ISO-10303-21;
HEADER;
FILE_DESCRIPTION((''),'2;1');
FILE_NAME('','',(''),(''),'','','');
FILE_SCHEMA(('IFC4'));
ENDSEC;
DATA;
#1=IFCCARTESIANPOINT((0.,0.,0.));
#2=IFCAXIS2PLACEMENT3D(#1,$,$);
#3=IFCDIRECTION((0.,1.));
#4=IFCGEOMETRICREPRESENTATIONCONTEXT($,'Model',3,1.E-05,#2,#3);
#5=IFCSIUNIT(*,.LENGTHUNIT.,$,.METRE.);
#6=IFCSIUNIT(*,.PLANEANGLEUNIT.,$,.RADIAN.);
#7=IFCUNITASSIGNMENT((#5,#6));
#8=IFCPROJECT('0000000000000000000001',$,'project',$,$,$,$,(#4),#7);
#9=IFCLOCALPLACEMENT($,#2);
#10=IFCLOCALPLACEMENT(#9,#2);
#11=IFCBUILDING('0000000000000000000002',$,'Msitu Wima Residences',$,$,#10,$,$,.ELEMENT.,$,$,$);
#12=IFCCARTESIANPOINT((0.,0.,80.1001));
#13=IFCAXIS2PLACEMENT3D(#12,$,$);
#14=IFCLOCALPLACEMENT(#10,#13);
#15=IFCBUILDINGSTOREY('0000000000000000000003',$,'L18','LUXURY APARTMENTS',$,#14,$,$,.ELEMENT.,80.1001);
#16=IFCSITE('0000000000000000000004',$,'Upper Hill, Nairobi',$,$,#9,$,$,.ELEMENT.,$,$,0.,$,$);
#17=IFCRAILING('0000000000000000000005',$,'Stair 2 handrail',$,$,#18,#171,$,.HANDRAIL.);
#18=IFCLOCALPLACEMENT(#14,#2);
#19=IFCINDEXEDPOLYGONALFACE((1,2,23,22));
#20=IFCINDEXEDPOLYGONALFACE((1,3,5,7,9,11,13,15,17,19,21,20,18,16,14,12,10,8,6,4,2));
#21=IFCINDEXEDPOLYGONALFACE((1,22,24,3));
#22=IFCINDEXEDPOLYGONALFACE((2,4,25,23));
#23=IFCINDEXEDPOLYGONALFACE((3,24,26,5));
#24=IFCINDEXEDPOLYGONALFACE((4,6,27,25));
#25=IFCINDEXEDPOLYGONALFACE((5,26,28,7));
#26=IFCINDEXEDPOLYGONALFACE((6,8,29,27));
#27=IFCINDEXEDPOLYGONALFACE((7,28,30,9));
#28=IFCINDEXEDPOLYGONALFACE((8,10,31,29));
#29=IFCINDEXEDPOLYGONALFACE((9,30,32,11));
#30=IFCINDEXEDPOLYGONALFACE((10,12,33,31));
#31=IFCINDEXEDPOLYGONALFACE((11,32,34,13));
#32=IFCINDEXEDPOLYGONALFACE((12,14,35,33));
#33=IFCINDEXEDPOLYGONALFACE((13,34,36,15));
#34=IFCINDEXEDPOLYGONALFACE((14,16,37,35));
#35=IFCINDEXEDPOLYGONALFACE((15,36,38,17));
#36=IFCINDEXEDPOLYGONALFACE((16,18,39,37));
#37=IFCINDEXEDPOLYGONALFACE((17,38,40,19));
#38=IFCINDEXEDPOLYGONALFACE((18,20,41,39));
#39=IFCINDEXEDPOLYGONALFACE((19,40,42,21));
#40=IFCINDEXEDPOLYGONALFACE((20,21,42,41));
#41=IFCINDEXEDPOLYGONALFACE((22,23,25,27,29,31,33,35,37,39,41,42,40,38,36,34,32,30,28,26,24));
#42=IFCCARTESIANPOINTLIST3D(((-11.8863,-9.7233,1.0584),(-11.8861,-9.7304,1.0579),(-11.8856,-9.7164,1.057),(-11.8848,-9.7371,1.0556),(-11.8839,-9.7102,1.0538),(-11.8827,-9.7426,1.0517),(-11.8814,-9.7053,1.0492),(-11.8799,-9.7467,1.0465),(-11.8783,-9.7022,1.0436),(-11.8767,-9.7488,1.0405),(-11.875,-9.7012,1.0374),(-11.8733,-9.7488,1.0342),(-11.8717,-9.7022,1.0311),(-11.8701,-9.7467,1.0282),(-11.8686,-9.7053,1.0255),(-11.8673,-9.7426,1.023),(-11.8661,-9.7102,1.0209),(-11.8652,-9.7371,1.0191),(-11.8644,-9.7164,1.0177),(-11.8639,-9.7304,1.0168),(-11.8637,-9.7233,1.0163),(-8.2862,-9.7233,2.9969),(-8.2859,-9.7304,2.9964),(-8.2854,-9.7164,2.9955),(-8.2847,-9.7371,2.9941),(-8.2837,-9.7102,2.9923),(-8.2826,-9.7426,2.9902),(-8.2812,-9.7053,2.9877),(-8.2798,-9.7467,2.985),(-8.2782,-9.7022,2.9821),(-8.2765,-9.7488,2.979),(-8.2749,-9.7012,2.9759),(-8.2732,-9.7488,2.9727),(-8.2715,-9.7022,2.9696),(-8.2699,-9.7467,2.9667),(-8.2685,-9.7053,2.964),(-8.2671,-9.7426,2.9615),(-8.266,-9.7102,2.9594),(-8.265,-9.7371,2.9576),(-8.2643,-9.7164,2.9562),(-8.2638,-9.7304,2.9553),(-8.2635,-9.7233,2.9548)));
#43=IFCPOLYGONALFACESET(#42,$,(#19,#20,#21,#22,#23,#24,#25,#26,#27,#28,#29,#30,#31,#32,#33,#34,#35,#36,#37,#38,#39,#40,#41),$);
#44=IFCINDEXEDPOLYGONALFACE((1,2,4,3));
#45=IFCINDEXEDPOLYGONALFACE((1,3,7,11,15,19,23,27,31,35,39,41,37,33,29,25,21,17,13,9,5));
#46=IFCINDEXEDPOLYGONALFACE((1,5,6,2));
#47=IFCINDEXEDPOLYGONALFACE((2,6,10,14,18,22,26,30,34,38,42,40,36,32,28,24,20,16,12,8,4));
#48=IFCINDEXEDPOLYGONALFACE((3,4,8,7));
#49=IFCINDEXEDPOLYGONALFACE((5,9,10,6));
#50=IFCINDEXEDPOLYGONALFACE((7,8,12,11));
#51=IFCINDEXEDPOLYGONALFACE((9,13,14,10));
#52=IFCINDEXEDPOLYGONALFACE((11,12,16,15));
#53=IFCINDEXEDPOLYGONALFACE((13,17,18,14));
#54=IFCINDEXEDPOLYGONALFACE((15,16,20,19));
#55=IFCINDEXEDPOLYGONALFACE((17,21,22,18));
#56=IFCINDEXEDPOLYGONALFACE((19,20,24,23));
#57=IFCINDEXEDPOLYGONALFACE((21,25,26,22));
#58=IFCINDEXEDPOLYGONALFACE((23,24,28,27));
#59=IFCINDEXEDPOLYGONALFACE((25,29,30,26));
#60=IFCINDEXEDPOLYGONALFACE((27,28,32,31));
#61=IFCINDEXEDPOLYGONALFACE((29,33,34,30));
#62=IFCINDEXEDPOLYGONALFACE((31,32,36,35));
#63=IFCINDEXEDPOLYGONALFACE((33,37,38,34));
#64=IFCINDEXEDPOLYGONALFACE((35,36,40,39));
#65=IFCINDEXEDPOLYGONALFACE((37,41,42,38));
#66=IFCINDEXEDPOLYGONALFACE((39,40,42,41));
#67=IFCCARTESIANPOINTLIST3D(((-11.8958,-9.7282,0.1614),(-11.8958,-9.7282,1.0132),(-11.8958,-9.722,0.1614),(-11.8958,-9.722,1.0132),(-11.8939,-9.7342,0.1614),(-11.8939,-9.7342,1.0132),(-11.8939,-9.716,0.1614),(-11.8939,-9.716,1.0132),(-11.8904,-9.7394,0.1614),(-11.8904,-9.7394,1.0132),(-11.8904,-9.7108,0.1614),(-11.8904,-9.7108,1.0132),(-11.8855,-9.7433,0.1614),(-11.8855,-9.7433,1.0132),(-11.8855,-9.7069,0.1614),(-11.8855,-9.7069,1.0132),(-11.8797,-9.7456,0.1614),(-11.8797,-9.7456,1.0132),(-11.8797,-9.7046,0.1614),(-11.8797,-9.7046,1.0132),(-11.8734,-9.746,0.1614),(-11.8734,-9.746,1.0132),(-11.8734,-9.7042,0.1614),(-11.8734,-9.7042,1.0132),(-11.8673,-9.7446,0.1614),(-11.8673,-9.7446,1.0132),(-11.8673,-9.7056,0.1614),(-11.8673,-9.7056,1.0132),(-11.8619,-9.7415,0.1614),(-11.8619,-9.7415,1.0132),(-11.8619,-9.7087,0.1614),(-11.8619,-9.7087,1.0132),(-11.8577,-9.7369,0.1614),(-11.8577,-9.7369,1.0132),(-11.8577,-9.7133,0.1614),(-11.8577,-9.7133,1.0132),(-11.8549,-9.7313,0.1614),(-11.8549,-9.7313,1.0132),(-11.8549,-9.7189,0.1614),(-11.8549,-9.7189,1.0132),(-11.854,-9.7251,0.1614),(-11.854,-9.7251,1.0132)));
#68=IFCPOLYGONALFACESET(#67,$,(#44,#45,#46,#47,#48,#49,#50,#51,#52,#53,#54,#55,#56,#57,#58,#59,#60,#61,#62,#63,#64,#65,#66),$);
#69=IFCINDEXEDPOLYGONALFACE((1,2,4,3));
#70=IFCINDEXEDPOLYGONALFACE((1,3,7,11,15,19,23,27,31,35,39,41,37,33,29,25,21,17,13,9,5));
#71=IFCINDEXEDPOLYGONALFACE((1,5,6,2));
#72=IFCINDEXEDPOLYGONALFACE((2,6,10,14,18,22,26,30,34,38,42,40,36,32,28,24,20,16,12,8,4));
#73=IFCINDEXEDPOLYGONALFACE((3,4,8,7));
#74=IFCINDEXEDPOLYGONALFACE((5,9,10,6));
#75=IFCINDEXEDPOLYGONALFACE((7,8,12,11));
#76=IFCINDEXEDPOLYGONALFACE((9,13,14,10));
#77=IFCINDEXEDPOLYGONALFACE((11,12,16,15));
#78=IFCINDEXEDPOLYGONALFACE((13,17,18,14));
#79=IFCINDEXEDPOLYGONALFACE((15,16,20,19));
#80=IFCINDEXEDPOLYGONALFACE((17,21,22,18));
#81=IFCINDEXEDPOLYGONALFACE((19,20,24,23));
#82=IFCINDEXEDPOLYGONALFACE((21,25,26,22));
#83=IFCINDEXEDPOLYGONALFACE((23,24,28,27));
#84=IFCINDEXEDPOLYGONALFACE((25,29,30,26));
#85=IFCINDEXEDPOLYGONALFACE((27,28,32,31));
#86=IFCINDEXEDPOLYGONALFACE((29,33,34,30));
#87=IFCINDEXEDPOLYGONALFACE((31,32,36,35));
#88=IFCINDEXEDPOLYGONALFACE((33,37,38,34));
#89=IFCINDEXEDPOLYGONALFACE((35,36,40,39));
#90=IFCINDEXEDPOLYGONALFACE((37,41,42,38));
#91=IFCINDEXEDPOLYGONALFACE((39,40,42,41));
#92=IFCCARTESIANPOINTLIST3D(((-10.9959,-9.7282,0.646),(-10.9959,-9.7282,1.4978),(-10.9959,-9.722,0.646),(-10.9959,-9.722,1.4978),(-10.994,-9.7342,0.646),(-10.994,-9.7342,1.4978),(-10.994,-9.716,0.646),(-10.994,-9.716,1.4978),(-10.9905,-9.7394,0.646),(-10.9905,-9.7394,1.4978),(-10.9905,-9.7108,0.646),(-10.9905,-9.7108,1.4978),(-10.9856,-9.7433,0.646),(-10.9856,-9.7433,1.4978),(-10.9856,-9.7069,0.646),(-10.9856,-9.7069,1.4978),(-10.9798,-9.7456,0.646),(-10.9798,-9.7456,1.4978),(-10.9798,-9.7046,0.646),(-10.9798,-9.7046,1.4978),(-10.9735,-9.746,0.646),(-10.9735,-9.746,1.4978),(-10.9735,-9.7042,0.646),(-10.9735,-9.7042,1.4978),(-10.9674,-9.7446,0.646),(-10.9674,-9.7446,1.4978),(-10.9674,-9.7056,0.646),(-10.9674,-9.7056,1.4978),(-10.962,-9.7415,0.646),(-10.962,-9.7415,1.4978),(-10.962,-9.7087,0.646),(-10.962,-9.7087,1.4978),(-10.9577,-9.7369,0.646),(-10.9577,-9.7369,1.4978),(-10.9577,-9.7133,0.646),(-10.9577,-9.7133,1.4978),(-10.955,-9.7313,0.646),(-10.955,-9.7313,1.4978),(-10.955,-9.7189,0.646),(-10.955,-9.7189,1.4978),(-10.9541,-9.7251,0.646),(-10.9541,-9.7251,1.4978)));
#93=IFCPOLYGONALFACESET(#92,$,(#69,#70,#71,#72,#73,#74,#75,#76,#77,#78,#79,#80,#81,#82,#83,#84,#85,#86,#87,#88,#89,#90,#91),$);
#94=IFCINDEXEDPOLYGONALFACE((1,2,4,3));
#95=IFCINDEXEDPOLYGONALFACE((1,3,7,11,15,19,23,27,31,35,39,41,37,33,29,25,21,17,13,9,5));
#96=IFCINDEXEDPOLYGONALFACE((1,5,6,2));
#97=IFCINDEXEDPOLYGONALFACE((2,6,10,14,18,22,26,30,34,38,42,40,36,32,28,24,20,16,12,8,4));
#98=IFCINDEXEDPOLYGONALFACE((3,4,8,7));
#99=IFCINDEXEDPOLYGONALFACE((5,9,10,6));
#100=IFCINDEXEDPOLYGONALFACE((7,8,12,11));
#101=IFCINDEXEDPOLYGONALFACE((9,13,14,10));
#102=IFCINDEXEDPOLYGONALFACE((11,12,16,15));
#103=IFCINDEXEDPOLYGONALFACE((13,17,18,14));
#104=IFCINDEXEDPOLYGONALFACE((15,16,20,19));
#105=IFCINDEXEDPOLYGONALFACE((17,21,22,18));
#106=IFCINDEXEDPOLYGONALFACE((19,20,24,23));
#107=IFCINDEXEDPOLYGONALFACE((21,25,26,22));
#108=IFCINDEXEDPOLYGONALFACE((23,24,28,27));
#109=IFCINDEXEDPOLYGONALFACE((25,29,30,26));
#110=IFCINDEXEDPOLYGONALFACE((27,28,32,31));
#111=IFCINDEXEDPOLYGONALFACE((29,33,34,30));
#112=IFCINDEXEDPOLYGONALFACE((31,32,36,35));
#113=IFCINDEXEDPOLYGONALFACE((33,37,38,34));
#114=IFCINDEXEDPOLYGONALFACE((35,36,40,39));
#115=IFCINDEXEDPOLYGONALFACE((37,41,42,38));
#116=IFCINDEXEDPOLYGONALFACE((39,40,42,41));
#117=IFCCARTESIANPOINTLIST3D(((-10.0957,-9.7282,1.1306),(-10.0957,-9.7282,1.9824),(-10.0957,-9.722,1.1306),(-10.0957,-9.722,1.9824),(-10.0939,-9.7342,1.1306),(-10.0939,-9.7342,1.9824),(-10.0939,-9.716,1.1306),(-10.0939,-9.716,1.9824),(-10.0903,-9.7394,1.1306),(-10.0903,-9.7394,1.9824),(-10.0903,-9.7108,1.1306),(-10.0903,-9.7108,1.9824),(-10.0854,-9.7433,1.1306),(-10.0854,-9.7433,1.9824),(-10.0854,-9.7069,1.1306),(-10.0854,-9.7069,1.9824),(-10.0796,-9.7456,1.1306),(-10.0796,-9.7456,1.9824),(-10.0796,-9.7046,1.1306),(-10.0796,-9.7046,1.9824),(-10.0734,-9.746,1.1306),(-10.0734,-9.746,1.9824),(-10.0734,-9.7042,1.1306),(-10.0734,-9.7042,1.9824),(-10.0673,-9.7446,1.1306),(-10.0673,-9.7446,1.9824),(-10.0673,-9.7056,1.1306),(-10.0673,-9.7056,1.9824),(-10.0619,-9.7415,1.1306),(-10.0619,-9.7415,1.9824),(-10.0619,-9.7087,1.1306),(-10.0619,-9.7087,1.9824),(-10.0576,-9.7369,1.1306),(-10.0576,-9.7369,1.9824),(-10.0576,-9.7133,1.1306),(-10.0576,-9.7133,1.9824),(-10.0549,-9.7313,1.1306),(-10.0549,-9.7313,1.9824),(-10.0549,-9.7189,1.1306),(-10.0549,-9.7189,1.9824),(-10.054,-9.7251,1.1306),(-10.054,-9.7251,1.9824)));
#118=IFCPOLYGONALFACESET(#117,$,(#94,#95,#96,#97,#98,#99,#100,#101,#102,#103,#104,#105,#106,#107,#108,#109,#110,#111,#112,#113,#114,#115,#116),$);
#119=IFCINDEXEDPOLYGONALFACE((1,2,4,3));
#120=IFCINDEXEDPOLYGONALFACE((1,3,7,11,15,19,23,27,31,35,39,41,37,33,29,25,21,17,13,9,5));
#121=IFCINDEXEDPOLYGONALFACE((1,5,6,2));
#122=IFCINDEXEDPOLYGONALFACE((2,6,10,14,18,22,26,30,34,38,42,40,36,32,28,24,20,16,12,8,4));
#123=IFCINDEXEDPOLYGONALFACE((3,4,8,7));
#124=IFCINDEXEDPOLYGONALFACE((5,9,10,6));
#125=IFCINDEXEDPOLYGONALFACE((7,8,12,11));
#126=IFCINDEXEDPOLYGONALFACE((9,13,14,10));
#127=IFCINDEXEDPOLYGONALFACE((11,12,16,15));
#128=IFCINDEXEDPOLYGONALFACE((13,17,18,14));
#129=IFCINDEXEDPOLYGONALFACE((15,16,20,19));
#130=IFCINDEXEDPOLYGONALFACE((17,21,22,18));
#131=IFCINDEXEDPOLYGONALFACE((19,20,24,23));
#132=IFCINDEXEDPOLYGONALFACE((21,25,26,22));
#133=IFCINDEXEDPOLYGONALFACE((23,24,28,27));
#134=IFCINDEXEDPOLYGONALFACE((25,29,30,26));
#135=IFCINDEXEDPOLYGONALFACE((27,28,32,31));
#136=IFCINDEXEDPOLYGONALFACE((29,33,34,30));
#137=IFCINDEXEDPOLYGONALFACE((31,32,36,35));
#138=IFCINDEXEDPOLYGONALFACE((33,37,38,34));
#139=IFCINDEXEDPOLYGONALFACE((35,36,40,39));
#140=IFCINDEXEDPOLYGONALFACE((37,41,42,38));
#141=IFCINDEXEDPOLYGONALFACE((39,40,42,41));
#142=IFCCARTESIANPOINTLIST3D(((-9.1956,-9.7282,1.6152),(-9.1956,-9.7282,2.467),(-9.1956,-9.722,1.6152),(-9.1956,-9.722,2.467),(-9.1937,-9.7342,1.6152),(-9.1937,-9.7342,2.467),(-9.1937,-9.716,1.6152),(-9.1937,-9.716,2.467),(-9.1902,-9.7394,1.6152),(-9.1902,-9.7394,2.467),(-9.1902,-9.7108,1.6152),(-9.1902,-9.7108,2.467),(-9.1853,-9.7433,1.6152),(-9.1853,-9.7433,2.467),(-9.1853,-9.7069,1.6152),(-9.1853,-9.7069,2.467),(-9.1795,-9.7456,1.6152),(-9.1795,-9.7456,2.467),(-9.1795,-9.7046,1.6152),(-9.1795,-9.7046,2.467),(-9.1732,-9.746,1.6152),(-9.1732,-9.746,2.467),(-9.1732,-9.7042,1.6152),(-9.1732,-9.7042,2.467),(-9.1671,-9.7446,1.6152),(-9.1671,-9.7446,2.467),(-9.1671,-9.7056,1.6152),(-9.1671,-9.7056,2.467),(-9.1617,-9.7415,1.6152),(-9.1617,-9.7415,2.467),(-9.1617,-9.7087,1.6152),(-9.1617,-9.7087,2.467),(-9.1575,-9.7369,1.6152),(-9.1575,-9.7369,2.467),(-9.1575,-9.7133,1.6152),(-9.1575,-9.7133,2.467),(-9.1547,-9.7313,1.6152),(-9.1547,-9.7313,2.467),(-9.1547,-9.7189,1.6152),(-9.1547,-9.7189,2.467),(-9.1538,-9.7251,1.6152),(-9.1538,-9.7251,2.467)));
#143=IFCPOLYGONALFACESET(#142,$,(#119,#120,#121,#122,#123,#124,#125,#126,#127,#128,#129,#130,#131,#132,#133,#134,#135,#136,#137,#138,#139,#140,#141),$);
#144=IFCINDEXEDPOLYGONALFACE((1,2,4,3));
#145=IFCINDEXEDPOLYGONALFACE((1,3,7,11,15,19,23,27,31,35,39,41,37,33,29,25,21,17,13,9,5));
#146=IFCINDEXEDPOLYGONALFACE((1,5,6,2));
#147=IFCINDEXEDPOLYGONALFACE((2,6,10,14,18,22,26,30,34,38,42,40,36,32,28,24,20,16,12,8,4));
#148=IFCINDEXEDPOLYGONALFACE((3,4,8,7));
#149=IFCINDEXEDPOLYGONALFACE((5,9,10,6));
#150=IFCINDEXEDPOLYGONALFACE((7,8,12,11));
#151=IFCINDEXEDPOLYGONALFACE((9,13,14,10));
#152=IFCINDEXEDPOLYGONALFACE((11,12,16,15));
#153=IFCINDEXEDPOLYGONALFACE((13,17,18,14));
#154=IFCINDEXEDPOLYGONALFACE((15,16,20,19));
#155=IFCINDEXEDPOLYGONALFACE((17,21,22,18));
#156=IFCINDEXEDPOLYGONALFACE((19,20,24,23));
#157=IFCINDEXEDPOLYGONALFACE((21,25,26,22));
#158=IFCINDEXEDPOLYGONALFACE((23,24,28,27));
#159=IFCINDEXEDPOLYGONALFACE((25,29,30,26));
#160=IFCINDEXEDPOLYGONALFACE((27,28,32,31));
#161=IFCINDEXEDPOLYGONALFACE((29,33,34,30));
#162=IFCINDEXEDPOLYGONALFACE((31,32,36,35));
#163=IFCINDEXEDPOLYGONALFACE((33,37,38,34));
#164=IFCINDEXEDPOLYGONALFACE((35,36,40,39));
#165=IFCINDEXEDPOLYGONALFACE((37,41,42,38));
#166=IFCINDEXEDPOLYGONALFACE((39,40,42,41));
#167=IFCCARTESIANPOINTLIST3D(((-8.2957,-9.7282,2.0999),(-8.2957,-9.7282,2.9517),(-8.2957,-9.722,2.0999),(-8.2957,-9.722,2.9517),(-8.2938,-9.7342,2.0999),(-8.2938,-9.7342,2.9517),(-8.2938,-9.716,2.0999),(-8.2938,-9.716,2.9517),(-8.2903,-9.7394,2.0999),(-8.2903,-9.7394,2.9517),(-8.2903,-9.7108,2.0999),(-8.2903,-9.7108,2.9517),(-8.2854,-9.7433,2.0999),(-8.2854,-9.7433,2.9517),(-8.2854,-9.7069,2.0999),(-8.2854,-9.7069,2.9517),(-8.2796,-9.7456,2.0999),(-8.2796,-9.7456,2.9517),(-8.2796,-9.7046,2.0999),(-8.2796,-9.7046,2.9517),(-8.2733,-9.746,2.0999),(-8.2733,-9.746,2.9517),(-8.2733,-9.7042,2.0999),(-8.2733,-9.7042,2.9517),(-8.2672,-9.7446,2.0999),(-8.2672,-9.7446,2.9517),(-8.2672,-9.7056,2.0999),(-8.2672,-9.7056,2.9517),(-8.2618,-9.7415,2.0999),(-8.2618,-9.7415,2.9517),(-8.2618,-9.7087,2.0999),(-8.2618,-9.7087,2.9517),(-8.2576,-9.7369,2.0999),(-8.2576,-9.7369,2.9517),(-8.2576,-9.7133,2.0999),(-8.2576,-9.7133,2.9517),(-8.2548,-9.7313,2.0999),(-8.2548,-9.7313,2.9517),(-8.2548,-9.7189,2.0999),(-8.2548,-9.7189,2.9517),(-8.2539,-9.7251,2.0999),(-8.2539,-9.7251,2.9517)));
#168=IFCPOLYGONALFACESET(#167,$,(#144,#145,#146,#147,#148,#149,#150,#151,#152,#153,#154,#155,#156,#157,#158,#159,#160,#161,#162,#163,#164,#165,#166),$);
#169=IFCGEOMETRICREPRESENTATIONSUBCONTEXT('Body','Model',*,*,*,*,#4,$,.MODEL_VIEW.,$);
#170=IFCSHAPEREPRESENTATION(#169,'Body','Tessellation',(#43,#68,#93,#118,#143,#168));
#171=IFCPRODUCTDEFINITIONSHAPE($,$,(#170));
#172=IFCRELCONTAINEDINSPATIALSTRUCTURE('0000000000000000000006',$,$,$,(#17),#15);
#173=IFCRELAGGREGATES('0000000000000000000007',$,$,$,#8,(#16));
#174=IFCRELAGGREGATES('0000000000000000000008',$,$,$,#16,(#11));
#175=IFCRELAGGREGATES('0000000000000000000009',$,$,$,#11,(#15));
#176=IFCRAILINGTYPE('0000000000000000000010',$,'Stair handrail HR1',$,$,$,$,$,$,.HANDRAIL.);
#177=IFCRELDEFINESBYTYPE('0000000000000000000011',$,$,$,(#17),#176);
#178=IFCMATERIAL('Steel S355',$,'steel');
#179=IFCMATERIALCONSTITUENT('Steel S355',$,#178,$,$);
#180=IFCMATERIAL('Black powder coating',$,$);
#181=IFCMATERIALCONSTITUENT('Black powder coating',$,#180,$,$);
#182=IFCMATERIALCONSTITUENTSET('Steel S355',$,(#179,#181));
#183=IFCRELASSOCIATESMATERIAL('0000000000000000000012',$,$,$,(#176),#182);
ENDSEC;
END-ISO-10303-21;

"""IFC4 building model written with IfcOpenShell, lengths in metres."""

from ifc_helpers import new_model, si_unit, direction, frame, origin, origin_2d, place, context, subcontext, project, spatial, circle, extrude, material, constituent, constituent_set, type_object, element, save


model = new_model("IFC4")

# Units and contexts
model_context = context("Model", 3, precision=1e-05, world=origin(), true_north=direction((0.0, 1.0)))
body_context = subcontext(model_context, "Body", "Model", "MODEL_VIEW")
ifc_project = project(units=[si_unit("LENGTHUNIT", "METRE"), si_unit("PLANEANGLEUNIT", "RADIAN")], contexts=[model_context])

# Site, building, storey
site_placement = place(None, origin())
site = spatial("IfcSite", under=ifc_project, at=site_placement, Name="Upper Hill, Nairobi", CompositionType="ELEMENT", RefElevation=0.0)
building_placement = place(site_placement, origin())
building = spatial("IfcBuilding", under=site, at=building_placement, Name="Msitu Wima Residences", CompositionType="ELEMENT")
storey_placement = place(building_placement, frame((0.0, 0.0, 80.1001)))
storey = spatial("IfcBuildingStorey", under=building, at=storey_placement, Name="L18", Description="LUXURY APARTMENTS", CompositionType="ELEMENT", Elevation=80.1001)

# Railing
ifc_material_1 = material(Name="Steel S355", Category="steel")
ifc_constituent_1 = constituent(ifc_material_1, Name="Steel S355")
ifc_material_2 = material(Name="Black powder coating")
ifc_constituent_2 = constituent(ifc_material_2, Name="Black powder coating")
ifc_constituent_set = constituent_set(constituents=[ifc_constituent_1, ifc_constituent_2], Name="Steel S355")
railing_type = type_object("IfcRailingType", Name="Stair handrail HR1", PredefinedType="HANDRAIL", material=ifc_constituent_set)
for number, where, name in (
    (1, (-11.875, -9.7251, 0.1614), "Stair 2 handrail"),
):
    element("IfcRailing", number, at=place(storey_placement, frame(where)), inside=storey, type_object=railing_type, Name=name, PredefinedType="HANDRAIL", context=body_context, shape_type="SweptSolid", body=[
        extrude(circle(Radius=0.0239, at=origin_2d()), frame((0.0, 0.0, 0.876), z_axis=(0.880475, 0.0, 0.474093), x_axis=(0.0, 1.0, 0.0)), (0.0, 0.0, 1.0), 4.0889),
        extrude(circle(Radius=0.021, at=origin_2d()), origin(), (0.0, 0.0, 1.0), 0.8518),
        extrude(circle(Radius=0.021, at=origin_2d()), frame((0.8999, 0.0, 0.4846)), (0.0, 0.0, 1.0), 0.8518),
        extrude(circle(Radius=0.021, at=origin_2d()), frame((1.8, 0.0, 0.9692)), (0.0, 0.0, 1.0), 0.8518),
        extrude(circle(Radius=0.021, at=origin_2d()), frame((2.7002, 0.0, 1.4539)), (0.0, 0.0, 1.0), 0.8518),
        extrude(circle(Radius=0.021, at=origin_2d()), frame((3.6001, 0.0, 1.9385)), (0.0, 0.0, 1.0), 0.8518),
    ])

save(model, "model.ifc")
